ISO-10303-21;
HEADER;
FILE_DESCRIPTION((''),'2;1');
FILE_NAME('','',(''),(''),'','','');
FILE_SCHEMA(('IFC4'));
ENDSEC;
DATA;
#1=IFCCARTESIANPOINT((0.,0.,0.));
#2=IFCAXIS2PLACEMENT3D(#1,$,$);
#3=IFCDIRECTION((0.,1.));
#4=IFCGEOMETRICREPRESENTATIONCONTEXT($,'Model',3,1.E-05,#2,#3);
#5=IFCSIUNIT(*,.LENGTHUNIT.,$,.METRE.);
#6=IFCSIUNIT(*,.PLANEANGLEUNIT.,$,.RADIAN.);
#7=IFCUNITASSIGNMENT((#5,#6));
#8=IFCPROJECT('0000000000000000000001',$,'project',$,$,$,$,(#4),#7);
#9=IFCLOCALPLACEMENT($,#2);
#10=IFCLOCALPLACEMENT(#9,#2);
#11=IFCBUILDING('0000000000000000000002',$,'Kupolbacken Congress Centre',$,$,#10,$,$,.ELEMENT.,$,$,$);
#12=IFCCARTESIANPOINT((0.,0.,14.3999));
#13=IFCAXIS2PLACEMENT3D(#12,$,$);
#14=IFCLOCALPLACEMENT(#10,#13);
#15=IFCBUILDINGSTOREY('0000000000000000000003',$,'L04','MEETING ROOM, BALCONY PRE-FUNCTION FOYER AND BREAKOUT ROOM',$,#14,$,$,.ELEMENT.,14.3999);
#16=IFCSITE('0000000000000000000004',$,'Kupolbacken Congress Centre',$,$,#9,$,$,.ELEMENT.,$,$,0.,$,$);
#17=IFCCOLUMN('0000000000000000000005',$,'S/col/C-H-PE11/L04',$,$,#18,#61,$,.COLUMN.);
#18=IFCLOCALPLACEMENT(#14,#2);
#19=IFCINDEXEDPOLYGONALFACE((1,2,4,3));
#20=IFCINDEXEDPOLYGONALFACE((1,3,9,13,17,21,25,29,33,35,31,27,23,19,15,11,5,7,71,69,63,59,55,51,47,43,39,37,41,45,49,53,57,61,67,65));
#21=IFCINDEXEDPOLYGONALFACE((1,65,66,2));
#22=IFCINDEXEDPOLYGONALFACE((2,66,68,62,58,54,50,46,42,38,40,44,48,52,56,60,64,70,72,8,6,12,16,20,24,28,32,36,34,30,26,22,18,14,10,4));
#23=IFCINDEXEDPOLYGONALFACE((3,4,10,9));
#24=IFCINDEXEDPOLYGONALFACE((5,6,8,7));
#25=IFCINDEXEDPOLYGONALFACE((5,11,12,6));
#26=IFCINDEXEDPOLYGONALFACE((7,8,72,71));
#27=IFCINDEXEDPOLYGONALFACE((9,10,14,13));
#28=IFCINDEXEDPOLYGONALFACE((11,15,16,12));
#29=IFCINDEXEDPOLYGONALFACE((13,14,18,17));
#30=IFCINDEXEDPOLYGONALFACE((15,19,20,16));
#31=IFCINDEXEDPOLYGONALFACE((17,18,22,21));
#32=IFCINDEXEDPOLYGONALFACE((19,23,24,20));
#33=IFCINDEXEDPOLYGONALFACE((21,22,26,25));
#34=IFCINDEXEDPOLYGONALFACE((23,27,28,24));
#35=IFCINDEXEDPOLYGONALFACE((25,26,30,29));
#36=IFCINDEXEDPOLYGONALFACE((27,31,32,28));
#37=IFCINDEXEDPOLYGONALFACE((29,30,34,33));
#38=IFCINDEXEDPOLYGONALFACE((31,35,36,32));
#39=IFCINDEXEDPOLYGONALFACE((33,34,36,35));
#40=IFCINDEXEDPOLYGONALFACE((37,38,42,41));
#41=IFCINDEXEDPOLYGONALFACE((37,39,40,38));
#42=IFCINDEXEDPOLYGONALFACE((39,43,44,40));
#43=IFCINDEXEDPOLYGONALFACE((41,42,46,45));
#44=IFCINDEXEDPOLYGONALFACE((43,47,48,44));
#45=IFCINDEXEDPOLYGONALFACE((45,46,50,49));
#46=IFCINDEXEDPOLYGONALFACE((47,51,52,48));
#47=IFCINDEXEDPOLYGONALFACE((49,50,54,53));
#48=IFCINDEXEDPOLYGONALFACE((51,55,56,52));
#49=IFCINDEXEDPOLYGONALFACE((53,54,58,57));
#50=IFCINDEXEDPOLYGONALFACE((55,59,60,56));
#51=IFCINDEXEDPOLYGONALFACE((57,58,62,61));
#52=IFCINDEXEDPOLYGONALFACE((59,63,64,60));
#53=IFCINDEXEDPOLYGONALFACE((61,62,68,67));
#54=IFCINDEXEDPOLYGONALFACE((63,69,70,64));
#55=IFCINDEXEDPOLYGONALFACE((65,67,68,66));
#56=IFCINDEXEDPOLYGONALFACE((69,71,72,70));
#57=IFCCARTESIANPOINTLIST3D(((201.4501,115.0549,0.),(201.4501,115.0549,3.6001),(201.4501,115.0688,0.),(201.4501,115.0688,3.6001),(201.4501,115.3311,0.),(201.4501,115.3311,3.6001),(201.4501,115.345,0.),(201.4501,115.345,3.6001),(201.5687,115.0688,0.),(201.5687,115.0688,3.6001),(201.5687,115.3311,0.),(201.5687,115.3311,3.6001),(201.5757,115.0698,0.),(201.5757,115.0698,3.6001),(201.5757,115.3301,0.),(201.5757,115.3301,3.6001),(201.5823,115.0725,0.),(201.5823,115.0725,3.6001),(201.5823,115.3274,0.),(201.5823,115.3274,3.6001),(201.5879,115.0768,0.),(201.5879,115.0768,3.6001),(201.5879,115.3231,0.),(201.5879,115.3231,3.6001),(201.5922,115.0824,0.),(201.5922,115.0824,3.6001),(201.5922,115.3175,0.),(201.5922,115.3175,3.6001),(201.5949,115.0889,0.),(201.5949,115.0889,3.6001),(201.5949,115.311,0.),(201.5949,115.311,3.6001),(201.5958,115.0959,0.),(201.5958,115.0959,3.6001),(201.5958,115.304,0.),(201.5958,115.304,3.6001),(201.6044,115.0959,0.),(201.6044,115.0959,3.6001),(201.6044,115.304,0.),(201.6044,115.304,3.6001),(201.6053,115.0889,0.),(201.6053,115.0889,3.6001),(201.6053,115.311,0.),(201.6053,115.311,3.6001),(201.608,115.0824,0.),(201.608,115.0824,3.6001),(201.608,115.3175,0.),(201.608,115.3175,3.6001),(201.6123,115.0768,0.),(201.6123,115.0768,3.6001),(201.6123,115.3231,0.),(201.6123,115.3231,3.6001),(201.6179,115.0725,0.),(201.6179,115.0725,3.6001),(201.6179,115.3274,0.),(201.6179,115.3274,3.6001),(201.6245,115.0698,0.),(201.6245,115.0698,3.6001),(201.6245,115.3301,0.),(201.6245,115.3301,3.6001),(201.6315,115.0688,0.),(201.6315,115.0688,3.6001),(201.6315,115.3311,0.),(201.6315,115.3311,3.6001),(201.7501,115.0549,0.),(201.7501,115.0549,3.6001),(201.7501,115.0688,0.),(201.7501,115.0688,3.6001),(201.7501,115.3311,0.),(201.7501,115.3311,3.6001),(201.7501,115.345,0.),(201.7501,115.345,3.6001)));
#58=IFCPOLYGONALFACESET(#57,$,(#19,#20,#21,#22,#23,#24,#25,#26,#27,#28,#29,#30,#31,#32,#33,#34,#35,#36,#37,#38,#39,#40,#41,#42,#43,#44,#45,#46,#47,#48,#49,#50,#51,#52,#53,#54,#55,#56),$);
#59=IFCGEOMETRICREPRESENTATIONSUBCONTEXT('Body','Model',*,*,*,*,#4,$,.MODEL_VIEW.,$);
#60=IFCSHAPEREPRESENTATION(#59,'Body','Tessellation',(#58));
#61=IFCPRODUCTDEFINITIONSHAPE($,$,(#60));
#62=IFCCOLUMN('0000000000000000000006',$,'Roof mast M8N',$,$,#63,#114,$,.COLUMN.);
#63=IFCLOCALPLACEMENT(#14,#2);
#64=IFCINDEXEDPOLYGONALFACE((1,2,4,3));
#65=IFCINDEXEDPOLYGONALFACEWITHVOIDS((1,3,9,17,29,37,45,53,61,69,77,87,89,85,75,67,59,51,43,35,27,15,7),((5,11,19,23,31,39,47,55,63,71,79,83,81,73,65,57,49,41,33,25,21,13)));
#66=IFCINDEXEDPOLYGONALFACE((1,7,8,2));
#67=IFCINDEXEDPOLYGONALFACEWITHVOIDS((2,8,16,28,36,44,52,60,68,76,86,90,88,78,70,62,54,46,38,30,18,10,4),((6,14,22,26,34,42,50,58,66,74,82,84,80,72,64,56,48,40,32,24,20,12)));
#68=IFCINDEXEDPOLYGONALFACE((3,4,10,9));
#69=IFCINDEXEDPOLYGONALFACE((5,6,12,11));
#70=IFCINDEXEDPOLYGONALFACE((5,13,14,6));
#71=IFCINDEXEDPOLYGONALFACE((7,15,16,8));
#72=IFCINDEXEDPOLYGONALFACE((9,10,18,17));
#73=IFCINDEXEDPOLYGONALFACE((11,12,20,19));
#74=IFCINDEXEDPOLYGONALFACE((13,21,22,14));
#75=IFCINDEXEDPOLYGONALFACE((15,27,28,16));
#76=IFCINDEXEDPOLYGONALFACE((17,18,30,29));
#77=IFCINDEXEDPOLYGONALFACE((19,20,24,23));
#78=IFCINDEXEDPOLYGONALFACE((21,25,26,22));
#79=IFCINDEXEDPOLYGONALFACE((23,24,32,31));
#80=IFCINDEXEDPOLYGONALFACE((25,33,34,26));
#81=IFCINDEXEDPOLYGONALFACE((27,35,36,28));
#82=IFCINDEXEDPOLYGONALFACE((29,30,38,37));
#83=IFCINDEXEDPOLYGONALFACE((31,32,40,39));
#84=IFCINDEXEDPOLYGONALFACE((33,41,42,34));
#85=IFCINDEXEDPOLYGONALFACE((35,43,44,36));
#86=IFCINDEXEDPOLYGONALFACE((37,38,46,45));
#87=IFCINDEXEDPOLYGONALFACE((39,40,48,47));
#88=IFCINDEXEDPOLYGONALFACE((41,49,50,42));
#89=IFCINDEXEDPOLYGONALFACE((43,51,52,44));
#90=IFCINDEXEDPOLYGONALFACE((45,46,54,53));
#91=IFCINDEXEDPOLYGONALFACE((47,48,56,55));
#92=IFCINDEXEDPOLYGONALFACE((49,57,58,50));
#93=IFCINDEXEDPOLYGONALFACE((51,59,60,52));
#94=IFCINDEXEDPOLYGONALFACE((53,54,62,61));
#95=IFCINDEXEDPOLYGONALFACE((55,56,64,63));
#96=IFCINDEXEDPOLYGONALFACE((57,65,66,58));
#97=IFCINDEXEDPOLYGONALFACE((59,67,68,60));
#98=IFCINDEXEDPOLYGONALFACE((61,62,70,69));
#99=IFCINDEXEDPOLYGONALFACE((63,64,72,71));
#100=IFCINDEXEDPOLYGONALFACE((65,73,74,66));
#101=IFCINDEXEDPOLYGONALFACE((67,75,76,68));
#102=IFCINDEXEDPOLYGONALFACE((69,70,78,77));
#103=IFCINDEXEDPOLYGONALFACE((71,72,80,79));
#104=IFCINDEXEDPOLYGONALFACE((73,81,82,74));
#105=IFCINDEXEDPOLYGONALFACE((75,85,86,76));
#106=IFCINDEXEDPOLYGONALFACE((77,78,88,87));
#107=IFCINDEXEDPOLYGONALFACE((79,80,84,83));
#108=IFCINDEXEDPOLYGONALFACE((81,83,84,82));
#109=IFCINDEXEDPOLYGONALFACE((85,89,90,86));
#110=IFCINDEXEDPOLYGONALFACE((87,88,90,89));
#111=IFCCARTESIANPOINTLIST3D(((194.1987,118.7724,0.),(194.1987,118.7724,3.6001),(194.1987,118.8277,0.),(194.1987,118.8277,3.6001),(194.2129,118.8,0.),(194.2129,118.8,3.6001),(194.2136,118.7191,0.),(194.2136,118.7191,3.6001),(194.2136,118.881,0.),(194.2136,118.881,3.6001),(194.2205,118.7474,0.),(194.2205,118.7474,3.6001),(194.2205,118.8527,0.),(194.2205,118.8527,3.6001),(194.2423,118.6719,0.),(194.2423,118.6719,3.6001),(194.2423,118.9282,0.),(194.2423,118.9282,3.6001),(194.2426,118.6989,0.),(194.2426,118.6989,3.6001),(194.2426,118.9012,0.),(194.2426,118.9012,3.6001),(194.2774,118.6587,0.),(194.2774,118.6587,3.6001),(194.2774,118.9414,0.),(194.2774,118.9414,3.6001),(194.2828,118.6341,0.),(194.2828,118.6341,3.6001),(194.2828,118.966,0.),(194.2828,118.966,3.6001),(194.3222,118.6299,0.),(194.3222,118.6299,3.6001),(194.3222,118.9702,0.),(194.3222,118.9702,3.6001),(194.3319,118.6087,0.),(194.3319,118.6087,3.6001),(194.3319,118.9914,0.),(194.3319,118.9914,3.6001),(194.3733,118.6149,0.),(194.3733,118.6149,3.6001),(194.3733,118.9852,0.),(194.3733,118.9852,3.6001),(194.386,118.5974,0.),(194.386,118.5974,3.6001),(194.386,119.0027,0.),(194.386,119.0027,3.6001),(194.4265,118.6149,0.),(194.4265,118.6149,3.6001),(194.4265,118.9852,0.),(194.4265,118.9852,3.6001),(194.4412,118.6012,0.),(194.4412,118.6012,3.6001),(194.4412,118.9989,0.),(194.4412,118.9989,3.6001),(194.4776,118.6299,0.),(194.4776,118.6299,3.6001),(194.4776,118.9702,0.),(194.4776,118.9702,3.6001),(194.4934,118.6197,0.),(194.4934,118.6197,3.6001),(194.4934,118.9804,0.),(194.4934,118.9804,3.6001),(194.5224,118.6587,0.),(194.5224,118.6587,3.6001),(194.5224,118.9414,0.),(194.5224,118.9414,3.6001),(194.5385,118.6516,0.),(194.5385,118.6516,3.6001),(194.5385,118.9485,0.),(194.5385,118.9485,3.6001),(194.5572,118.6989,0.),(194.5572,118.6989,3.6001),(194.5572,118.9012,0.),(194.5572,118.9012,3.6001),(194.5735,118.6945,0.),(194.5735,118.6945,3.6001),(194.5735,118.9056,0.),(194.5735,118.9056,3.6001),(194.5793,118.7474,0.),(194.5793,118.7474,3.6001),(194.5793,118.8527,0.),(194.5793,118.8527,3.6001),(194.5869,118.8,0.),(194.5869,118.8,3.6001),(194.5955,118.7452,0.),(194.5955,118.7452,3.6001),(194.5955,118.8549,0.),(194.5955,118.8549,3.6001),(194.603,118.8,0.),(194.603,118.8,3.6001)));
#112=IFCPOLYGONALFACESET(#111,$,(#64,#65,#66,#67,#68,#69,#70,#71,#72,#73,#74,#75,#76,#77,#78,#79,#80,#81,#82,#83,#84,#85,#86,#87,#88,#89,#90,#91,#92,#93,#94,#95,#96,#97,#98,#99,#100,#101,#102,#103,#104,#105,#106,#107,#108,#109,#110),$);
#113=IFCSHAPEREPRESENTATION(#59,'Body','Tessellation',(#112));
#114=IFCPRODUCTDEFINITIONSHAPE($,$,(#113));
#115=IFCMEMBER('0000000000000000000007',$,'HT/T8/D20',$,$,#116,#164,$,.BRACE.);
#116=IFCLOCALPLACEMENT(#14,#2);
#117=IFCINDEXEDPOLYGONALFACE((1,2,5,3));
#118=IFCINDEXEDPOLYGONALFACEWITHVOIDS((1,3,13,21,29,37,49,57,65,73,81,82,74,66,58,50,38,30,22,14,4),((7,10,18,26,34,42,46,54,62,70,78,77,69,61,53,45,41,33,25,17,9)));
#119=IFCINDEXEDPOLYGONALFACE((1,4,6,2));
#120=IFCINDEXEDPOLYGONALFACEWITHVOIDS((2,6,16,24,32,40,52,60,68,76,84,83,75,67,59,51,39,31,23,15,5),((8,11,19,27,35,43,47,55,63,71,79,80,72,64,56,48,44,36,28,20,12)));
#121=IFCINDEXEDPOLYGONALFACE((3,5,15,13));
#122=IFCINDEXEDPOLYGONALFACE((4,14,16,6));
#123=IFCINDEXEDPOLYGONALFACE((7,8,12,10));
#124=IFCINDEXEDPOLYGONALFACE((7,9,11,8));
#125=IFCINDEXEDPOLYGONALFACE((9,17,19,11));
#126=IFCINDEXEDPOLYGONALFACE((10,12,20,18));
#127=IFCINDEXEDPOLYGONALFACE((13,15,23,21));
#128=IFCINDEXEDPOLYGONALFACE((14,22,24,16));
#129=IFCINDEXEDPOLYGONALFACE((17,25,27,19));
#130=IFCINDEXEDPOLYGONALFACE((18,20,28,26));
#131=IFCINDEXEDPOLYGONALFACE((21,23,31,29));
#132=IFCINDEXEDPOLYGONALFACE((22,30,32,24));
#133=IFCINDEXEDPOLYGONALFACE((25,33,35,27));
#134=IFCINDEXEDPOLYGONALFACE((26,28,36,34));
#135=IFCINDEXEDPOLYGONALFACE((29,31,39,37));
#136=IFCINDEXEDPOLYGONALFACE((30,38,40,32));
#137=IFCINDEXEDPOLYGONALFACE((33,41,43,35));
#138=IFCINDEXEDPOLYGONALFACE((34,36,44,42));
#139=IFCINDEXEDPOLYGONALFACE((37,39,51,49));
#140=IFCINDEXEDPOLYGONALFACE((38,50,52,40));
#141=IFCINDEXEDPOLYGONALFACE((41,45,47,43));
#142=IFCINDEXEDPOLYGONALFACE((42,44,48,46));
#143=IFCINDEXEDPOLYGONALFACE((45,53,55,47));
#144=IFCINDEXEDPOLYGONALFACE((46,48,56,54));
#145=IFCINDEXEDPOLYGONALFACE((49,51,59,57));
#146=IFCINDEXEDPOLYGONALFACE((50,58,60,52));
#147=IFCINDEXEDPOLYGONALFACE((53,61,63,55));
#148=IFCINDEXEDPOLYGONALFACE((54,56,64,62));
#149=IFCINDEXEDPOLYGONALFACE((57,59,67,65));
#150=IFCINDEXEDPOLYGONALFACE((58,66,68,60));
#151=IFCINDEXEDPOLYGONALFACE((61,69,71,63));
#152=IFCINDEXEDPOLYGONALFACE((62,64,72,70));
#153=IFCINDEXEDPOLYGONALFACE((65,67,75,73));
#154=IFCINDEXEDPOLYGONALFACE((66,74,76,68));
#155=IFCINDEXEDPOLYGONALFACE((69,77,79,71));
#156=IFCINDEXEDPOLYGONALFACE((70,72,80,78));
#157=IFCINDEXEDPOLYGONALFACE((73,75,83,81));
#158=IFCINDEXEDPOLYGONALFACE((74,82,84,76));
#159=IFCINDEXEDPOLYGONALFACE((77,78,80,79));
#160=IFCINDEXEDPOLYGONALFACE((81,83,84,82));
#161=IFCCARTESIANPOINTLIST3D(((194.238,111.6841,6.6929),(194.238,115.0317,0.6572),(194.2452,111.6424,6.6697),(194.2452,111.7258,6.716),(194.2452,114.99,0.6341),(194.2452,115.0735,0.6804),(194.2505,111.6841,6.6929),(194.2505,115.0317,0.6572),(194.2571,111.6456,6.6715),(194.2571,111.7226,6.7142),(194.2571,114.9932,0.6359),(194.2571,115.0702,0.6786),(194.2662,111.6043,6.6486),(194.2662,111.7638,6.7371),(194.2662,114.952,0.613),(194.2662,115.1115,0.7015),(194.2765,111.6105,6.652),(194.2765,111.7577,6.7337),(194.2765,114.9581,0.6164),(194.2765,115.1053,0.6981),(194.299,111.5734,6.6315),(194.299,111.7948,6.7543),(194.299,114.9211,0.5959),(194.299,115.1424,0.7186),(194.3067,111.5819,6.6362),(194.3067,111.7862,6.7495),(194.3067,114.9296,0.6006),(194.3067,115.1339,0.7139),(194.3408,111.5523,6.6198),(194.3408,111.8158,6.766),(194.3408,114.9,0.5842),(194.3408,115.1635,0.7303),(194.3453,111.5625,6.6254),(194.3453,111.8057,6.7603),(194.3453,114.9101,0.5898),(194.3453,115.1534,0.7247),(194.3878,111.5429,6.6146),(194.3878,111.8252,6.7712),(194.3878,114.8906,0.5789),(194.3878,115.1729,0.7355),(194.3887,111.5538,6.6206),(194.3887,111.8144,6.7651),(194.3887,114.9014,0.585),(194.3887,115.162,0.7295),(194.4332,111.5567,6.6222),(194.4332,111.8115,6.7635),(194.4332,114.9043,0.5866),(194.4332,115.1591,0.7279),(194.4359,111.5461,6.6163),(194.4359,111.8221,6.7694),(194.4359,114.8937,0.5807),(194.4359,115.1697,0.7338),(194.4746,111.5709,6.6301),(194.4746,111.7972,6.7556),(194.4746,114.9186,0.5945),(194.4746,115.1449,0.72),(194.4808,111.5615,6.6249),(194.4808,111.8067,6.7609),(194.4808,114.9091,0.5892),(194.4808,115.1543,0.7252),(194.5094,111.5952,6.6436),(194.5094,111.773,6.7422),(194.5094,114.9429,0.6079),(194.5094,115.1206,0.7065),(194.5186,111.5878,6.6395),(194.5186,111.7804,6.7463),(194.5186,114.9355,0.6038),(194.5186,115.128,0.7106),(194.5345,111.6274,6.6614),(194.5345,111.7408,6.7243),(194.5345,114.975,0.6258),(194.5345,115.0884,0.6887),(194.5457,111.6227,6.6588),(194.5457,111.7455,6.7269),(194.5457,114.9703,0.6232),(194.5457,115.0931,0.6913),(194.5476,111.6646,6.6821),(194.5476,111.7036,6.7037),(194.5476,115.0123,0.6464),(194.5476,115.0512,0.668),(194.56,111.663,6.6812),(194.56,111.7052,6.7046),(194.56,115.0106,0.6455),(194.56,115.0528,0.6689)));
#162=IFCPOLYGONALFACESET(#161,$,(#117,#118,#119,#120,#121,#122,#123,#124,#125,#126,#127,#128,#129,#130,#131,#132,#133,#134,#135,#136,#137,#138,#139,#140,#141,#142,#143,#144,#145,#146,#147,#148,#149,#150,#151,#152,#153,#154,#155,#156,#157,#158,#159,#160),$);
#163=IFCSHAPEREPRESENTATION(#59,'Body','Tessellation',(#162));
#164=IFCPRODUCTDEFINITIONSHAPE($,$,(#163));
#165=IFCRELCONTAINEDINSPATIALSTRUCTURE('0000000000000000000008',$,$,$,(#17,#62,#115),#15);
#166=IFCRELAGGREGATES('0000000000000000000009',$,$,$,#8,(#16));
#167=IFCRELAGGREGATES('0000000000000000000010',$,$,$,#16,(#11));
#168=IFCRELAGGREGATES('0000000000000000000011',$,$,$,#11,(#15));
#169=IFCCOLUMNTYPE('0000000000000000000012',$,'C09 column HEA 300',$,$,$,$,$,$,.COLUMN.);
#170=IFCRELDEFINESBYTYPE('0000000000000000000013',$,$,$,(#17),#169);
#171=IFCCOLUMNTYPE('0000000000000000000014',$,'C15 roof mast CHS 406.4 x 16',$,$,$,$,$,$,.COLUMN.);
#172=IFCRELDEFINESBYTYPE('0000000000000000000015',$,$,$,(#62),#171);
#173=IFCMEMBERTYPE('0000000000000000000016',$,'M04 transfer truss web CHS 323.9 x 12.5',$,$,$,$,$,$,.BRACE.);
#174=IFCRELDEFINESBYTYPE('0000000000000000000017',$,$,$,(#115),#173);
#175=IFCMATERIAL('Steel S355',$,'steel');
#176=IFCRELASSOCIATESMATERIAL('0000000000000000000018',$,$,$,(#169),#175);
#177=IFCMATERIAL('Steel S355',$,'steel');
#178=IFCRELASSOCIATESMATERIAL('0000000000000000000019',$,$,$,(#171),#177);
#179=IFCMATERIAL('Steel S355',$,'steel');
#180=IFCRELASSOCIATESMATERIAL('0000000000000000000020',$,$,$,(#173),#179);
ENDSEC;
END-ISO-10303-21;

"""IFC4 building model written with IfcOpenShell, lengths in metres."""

from ifc_helpers import new_model, si_unit, direction, frame, origin, origin_2d, place, context, subcontext, project, spatial, hollow_circle, i_section, extrude, material, material_profile, profile_set, type_object, element, save


model = new_model("IFC4")

# Units and contexts
model_context = context("Model", 3, precision=1e-05, world=origin(), true_north=direction((0.0, 1.0)))
body_context = subcontext(model_context, "Body", "Model", "MODEL_VIEW")
ifc_project = project(units=[si_unit("LENGTHUNIT", "METRE"), si_unit("PLANEANGLEUNIT", "RADIAN")], contexts=[model_context])

# Site, building, storey
site_placement = place(None, origin())
site = spatial("IfcSite", under=ifc_project, at=site_placement, Name="Kupolbacken Congress Centre", CompositionType="ELEMENT", RefElevation=0.0)
building_placement = place(site_placement, origin())
building = spatial("IfcBuilding", under=site, at=building_placement, Name="Kupolbacken Congress Centre", CompositionType="ELEMENT")
storey_placement = place(building_placement, frame((0.0, 0.0, 14.3999)))
storey = spatial("IfcBuildingStorey", under=building, at=storey_placement, Name="L04", Description="MEETING ROOM, BALCONY PRE-FUNCTION FOYER AND BREAKOUT ROOM", CompositionType="ELEMENT", Elevation=14.3999)

# Columns
ifc_material_1 = material(Name="Steel S355", Category="steel")
ifc_material_profile_1 = material_profile(ifc_material_1, i_section(OverallWidth=0.3, OverallDepth=0.29, WebThickness=0.0085, FlangeThickness=0.0139, FilletRadius=0.0271, at=origin_2d()), Name="HEA 300")
ifc_profile_set_1 = profile_set([ifc_material_profile_1], Name="Steel S355")
column_type_1 = type_object("IfcColumnType", Name="C09 column HEA 300", PredefinedType="COLUMN", material=ifc_profile_set_1)
column_1_placement = place(storey_placement, frame((201.6001, 115.2, 0.0), z_axis=(0.0, 0.0, 1.0), x_axis=(1.0, 0.0, 0.0)))
element("IfcColumn", 1, at=column_1_placement, inside=storey, type_object=column_type_1, Name="S/col/C-H-PE11/L04", PredefinedType="COLUMN", context=body_context, shape_type="SweptSolid", body=[
    extrude(i_section(OverallWidth=0.3, OverallDepth=0.29, WebThickness=0.0085, FlangeThickness=0.0139, FilletRadius=0.0271, at=origin_2d()), origin(), (0.0, 0.0, 1.0), 3.6001),
])
ifc_material_2 = material(Name="Steel S355", Category="steel")
ifc_material_profile_2 = material_profile(ifc_material_2, hollow_circle(Radius=0.2031, WallThickness=0.0161, at=origin_2d()), Name="CHS 406.4 x 16")
ifc_profile_set_2 = profile_set([ifc_material_profile_2], Name="Steel S355")
column_type_2 = type_object("IfcColumnType", Name="C15 roof mast CHS 406.4 x 16", PredefinedType="COLUMN", material=ifc_profile_set_2)
column_2_placement = place(storey_placement, frame((194.3999, 118.8, 0.0), z_axis=(0.0, 0.0, 1.0), x_axis=(1.0, 0.0, 0.0)))
element("IfcColumn", 2, at=column_2_placement, inside=storey, type_object=column_type_2, Name="Roof mast M8N", PredefinedType="COLUMN", context=body_context, shape_type="SweptSolid", body=[
    extrude(hollow_circle(Radius=0.2031, WallThickness=0.0161, at=origin_2d()), origin(), (0.0, 0.0, 1.0), 3.6001),
])

# Member
ifc_material_3 = material(Name="Steel S355", Category="steel")
ifc_material_profile_3 = material_profile(ifc_material_3, hollow_circle(Radius=0.1619, WallThickness=0.0125, at=origin_2d()), Name="CHS 323.9 x 12.5")
ifc_profile_set_3 = profile_set([ifc_material_profile_3], Name="Steel S355")
member_type_1 = type_object("IfcMemberType", Name="M04 transfer truss web CHS 323.9 x 12.5", PredefinedType="BRACE", material=ifc_profile_set_3)
member_1_placement = place(storey_placement, frame((194.3999, 111.6841, 6.6929), z_axis=(0.0, 0.485036, -0.874494), x_axis=(-1.0, 0.0, 0.0)))
element("IfcMember", 3, at=member_1_placement, inside=storey, type_object=member_type_1, Name="HT/T8/D20", PredefinedType="BRACE", context=body_context, shape_type="SweptSolid", body=[
    extrude(hollow_circle(Radius=0.1619, WallThickness=0.0125, at=origin_2d()), origin(), (0.0, 0.0, 1.0), 6.9019),
])

save(model, "model.ifc")
